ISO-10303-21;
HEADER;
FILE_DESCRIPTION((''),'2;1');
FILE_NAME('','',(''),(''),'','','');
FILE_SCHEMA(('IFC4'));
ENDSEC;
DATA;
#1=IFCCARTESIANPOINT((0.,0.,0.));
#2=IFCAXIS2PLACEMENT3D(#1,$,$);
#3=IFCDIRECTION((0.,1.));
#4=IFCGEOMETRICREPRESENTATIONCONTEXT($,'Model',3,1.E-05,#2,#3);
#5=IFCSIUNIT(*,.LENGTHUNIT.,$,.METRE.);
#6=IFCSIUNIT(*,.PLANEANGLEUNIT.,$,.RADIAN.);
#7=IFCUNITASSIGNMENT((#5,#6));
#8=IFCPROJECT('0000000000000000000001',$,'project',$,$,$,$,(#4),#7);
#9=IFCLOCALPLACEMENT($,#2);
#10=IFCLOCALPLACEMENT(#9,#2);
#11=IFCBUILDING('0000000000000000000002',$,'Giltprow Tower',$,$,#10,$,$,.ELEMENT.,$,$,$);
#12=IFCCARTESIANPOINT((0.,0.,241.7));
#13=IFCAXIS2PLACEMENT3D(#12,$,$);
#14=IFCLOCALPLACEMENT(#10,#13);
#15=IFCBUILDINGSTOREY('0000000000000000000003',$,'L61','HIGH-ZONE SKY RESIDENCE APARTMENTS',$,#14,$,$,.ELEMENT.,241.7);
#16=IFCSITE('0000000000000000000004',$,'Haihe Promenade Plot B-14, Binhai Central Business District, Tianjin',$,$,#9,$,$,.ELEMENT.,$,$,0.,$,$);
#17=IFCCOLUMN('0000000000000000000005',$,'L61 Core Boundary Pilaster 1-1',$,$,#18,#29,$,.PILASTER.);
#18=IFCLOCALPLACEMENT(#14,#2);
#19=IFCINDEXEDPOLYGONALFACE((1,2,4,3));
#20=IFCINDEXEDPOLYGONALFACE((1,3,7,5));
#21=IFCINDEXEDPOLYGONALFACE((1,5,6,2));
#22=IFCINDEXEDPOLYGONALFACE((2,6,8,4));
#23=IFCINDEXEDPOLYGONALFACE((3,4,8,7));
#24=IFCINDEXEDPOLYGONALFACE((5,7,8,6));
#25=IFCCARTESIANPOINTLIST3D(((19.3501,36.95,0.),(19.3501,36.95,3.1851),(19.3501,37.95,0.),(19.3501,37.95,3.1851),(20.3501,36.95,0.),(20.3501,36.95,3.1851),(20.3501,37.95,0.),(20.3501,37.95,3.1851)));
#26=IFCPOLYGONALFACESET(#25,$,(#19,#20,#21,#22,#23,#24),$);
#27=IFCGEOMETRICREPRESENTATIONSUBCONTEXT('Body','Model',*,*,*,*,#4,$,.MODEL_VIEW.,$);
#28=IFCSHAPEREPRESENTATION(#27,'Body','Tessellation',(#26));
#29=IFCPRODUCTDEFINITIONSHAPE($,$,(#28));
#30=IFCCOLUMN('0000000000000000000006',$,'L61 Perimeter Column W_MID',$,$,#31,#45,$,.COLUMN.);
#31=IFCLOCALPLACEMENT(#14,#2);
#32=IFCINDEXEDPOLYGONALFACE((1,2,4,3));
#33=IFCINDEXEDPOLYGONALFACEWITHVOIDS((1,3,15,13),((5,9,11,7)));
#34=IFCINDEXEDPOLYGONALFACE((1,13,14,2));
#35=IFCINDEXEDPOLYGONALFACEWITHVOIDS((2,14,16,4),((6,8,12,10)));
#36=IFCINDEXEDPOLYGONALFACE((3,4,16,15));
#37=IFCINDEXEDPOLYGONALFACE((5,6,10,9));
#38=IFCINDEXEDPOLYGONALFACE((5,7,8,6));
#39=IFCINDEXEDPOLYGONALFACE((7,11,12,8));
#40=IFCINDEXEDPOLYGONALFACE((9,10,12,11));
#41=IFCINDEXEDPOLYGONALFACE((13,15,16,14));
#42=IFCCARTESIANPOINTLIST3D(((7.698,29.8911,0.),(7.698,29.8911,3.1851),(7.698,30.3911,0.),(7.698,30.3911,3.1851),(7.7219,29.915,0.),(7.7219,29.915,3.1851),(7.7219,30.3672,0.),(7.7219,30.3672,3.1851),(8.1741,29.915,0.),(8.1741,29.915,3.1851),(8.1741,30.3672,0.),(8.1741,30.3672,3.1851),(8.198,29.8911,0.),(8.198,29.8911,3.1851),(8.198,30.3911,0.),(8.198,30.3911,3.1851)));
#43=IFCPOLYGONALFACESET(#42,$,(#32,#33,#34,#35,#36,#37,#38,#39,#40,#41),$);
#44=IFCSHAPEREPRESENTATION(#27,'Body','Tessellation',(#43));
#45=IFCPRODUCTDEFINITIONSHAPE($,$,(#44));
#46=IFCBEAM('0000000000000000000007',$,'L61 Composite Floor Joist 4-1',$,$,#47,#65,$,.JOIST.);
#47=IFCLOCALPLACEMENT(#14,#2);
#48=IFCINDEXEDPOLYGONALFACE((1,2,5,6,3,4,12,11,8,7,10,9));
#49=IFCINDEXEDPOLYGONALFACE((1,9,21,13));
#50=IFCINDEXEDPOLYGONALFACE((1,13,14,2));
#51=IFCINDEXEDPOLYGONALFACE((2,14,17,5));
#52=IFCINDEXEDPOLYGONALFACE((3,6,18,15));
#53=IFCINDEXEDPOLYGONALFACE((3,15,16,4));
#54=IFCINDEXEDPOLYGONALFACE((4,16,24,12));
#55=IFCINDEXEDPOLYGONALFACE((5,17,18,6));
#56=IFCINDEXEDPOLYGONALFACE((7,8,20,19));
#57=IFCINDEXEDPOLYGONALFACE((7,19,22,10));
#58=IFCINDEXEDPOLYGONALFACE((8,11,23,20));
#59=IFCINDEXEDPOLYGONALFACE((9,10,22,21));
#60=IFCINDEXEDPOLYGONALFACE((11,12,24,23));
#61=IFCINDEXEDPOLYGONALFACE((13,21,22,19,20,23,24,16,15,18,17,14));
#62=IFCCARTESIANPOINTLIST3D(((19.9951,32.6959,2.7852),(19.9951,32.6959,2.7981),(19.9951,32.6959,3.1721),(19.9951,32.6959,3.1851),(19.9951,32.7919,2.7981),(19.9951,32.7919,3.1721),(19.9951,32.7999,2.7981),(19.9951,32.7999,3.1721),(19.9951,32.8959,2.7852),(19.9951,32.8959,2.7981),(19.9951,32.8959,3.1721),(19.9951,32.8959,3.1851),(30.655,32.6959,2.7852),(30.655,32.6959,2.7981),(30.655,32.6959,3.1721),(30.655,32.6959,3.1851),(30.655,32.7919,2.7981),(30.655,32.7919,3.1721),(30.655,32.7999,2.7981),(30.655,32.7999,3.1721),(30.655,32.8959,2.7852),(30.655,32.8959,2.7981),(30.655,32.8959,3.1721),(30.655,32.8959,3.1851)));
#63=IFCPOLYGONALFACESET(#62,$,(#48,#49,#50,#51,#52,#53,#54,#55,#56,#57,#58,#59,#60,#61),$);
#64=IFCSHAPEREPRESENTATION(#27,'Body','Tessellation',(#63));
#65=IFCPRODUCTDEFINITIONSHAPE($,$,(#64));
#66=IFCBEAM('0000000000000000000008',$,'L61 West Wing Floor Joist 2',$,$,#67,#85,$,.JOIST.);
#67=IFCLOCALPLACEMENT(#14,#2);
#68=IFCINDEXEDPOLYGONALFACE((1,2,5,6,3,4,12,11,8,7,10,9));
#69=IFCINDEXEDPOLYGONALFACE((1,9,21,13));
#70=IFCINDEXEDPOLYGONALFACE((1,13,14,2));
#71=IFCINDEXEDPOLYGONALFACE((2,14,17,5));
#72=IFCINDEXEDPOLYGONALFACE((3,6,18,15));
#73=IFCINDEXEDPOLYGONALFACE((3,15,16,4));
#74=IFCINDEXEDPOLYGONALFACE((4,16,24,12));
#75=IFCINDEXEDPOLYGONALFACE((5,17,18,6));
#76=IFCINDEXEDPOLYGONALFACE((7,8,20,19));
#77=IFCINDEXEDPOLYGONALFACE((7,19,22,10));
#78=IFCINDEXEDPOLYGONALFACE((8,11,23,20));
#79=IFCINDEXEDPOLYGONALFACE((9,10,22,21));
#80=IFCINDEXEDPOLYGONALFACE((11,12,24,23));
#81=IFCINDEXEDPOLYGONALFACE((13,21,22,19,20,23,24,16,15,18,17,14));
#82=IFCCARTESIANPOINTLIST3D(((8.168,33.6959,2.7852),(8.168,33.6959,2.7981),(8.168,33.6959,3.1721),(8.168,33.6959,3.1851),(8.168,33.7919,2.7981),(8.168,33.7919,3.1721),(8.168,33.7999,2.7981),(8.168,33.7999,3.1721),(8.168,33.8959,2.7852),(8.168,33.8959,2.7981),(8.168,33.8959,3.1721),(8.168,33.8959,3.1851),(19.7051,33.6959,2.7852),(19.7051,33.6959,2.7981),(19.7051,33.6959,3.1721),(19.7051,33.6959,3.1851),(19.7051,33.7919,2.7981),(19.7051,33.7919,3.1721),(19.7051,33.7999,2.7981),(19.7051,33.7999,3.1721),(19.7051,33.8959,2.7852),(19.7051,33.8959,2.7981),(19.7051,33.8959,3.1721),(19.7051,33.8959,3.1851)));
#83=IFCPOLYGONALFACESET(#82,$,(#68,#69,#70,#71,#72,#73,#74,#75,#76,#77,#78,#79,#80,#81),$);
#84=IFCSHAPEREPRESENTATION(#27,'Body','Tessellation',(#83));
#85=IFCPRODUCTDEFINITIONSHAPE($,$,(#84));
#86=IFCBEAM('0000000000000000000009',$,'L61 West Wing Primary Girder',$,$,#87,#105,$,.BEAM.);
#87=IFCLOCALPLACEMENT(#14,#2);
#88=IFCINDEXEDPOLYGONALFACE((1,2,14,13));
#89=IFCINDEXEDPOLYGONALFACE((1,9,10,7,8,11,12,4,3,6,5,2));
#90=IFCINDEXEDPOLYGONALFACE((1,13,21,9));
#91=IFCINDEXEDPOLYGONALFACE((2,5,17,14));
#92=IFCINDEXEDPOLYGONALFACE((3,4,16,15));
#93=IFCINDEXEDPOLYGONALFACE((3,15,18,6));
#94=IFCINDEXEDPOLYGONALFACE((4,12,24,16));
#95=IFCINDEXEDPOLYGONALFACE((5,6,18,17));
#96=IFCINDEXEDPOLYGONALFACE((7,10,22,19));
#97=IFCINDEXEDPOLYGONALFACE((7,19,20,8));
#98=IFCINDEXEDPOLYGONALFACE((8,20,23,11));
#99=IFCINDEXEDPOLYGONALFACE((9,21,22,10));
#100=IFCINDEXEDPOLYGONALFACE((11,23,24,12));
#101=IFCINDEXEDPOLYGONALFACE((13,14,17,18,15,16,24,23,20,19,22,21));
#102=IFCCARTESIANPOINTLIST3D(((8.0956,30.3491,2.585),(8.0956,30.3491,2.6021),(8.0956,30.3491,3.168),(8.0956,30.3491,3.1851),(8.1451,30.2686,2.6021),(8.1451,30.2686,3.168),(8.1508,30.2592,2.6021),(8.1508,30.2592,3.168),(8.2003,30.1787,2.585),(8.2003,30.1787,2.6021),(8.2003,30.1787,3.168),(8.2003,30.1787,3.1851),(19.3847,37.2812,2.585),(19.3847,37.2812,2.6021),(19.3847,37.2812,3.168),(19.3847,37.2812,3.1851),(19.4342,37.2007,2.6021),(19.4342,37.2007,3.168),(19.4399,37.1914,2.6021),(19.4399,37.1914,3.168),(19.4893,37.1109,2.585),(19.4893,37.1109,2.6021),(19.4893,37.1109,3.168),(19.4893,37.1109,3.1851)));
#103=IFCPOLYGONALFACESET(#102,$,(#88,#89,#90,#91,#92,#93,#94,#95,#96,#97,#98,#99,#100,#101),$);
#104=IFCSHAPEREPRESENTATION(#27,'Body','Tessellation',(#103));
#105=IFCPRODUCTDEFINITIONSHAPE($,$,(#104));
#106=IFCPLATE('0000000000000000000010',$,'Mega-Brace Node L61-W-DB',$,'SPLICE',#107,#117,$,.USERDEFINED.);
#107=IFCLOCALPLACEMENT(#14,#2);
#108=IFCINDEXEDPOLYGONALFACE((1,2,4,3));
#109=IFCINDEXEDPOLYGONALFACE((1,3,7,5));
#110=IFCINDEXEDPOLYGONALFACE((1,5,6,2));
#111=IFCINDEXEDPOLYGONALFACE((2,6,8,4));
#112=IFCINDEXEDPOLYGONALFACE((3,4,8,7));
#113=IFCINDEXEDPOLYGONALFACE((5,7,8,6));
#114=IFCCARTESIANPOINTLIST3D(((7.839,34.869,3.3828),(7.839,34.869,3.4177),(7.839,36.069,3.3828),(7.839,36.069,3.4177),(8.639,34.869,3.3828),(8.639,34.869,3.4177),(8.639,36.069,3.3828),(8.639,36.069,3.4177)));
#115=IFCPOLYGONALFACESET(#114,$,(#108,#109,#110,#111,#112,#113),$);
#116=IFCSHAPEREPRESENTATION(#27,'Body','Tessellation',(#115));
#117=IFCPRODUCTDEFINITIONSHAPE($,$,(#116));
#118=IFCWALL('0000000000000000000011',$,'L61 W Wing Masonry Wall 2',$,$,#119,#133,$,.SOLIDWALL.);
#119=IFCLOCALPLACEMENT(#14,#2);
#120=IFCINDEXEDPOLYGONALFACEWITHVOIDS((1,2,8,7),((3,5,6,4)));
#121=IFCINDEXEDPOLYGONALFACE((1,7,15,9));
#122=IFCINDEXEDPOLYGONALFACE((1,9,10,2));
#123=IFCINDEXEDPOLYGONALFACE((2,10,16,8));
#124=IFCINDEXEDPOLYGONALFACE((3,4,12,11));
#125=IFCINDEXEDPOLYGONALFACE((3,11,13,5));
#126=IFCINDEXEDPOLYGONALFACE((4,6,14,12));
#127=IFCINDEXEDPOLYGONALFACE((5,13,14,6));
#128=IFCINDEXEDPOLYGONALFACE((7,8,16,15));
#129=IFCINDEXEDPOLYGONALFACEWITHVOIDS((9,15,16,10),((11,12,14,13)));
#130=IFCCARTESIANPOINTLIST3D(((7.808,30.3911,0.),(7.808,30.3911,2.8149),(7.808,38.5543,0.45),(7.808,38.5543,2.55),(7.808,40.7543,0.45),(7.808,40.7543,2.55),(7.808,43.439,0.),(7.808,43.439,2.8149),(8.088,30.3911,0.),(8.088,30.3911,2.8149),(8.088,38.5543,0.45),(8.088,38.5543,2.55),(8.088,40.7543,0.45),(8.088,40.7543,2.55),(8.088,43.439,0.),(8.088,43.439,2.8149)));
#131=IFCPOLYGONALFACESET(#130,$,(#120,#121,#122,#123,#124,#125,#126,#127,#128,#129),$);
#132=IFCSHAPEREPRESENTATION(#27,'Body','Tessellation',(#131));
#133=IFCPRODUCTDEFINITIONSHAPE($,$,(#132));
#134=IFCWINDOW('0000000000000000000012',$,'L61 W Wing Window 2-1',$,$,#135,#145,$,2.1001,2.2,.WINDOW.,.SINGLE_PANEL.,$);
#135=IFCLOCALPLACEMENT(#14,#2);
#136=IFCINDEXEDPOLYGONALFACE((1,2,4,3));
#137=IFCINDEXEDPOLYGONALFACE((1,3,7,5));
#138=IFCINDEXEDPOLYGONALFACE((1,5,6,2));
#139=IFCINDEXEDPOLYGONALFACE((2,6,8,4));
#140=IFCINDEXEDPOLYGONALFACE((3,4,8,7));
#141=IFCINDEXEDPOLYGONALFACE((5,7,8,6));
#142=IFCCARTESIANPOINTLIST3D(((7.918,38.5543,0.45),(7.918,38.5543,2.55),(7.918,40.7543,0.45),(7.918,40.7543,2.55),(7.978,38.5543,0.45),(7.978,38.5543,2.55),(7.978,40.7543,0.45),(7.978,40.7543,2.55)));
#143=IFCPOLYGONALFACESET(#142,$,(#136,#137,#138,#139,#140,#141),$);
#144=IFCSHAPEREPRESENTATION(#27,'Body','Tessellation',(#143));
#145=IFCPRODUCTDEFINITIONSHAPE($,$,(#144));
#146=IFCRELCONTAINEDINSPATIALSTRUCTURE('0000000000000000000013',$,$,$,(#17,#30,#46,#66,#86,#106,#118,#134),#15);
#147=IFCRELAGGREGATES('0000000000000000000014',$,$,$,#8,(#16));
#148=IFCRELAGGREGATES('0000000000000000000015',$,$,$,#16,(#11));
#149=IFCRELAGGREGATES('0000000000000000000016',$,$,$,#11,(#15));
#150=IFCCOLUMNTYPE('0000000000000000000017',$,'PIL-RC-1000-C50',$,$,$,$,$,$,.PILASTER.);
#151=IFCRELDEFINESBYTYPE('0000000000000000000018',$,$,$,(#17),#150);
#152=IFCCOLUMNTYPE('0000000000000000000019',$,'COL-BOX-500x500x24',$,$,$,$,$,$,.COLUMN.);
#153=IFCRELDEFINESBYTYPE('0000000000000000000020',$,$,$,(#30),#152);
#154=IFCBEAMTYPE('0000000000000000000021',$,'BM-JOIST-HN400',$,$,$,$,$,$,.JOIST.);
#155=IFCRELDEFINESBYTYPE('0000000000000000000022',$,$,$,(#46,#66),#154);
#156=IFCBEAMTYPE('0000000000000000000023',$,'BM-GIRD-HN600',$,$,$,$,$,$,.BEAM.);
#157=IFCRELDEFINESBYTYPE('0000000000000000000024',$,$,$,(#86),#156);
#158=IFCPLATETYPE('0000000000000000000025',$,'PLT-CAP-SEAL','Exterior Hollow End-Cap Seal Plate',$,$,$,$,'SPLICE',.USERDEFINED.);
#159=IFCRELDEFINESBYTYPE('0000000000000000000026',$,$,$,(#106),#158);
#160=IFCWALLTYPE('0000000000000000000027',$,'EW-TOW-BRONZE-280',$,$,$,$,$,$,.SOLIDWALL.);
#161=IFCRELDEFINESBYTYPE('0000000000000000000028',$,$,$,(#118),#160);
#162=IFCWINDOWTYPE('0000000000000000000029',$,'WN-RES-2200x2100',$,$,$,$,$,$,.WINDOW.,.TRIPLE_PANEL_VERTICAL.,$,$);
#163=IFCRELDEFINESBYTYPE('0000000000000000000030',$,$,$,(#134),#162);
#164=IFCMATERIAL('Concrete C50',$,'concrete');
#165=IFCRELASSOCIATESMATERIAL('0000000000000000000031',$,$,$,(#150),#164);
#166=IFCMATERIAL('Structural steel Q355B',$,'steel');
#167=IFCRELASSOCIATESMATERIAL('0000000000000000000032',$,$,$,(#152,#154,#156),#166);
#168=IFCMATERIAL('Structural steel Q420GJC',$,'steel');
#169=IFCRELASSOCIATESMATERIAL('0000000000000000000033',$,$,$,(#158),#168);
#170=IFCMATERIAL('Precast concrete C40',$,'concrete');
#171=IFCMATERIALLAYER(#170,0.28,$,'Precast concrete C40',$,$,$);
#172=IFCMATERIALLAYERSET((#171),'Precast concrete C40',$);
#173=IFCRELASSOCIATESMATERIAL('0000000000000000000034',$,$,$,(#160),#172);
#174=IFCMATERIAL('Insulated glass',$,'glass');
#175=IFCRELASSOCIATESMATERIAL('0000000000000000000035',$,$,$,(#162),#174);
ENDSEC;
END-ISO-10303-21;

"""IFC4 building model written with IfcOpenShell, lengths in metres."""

from ifc_helpers import new_model, si_unit, direction, frame, frame_2d, origin, origin_2d, place, context, subcontext, project, spatial, rectangle, hollow_rectangle, i_section, extrude, source, transform, mapped, material, layer, layer_set, material_profile, profile_set, type_object, element, fill, save


model = new_model("IFC4")

# Units and contexts
model_context = context("Model", 3, precision=1e-05, world=origin(), true_north=direction((0.0, 1.0)))
body_context = subcontext(model_context, "Body", "Model", "MODEL_VIEW")
ifc_project = project(units=[si_unit("LENGTHUNIT", "METRE"), si_unit("PLANEANGLEUNIT", "RADIAN")], contexts=[model_context])

# Site, building, storey
site_placement = place(None, origin())
site = spatial("IfcSite", under=ifc_project, at=site_placement, Name="Haihe Promenade Plot B-14, Binhai Central Business District, Tianjin", CompositionType="ELEMENT", RefElevation=0.0)
building_placement = place(site_placement, origin())
building = spatial("IfcBuilding", under=site, at=building_placement, Name="Giltprow Tower", CompositionType="ELEMENT")
storey_placement = place(building_placement, frame((0.0, 0.0, 241.7)))
storey = spatial("IfcBuildingStorey", under=building, at=storey_placement, Name="L61", Description="HIGH-ZONE SKY RESIDENCE APARTMENTS", CompositionType="ELEMENT", Elevation=241.7)

# Columns
ifc_material_1 = material(Name="Concrete C50", Category="concrete")
ifc_material_profile_1 = material_profile(ifc_material_1, rectangle(XDim=1.0, YDim=1.0, at=origin_2d()), Name="RC 1000x1000")
ifc_profile_set_1 = profile_set([ifc_material_profile_1], Name="Concrete C50")
column_type_1 = type_object("IfcColumnType", Name="PIL-RC-1000-C50", PredefinedType="PILASTER", material=ifc_profile_set_1)
shared_shape_1 = source(origin(), body_context, "Body", "SweptSolid", [
    extrude(rectangle(XDim=1.0, YDim=1.0, at=origin_2d()), origin(), (0.0, 0.0, 1.0), 3.1851),
])
column_1_placement = place(storey_placement, frame((19.8501, 37.45, 0.0), z_axis=(0.0, 0.0, 1.0), x_axis=(1.0, 0.0, 0.0)))
element("IfcColumn", 1, at=column_1_placement, inside=storey, type_object=column_type_1, Name="L61 Core Boundary Pilaster 1-1", PredefinedType="PILASTER", context=body_context, shape_type="MappedRepresentation", body=[
    mapped(shared_shape_1, transform((0.0, 0.0, 0.0), x_axis=(1.0, 0.0, 0.0), y_axis=(0.0, 1.0, 0.0), z_axis=(0.0, 0.0, 1.0), scale=1.0)),
])
ifc_material_2 = material(Name="Structural steel Q355B", Category="steel")
ifc_material_profile_2 = material_profile(ifc_material_2, hollow_rectangle(XDim=0.5, YDim=0.5, WallThickness=0.0239, at=origin_2d()), Name="BOX 500x500x24")
ifc_profile_set_2 = profile_set([ifc_material_profile_2], Name="Structural steel Q355B")
column_type_2 = type_object("IfcColumnType", Name="COL-BOX-500x500x24", PredefinedType="COLUMN", material=ifc_profile_set_2)
shared_shape_2 = source(origin(), body_context, "Body", "SweptSolid", [
    extrude(hollow_rectangle(XDim=0.5, YDim=0.5, WallThickness=0.0239, at=origin_2d()), origin(), (0.0, 0.0, 1.0), 3.1851),
])
column_2_placement = place(storey_placement, frame((7.948, 30.1411, 0.0), z_axis=(0.0, 0.0, 1.0), x_axis=(1.0, 0.0, 0.0)))
element("IfcColumn", 2, at=column_2_placement, inside=storey, type_object=column_type_2, Name="L61 Perimeter Column W_MID", PredefinedType="COLUMN", context=body_context, shape_type="MappedRepresentation", body=[
    mapped(shared_shape_2, transform((0.0, 0.0, 0.0), x_axis=(1.0, 0.0, 0.0), y_axis=(0.0, 1.0, 0.0), z_axis=(0.0, 0.0, 1.0), scale=1.0)),
])

# Beams
ifc_material_profile_3 = material_profile(ifc_material_2, i_section(OverallWidth=0.2, OverallDepth=0.3999, WebThickness=0.0081, FlangeThickness=0.0129, at=origin_2d()), Name="HN 400x200x8x13")
ifc_profile_set_3 = profile_set([ifc_material_profile_3], Name="Structural steel Q355B")
beam_type_1 = type_object("IfcBeamType", Name="BM-JOIST-HN400", PredefinedType="JOIST", material=ifc_profile_set_3)
shared_shape_3 = source(origin(), body_context, "Body", "SweptSolid", [
    extrude(i_section(OverallWidth=0.2, OverallDepth=0.3999, WebThickness=0.0081, FlangeThickness=0.0129, at=origin_2d()), origin(), (0.0, 0.0, 1.0), 10.6599),
])
beam_1_placement = place(storey_placement, frame((19.9951, 32.7959, 2.9851), z_axis=(1.0, 0.0, 0.0), x_axis=(0.0, 1.0, 0.0)))
element("IfcBeam", 3, at=beam_1_placement, inside=storey, type_object=beam_type_1, Name="L61 Composite Floor Joist 4-1", PredefinedType="JOIST", context=body_context, shape_type="MappedRepresentation", body=[
    mapped(shared_shape_3, transform((0.0, 0.0, 0.0), x_axis=(1.0, 0.0, 0.0), y_axis=(0.0, 1.0, 0.0), z_axis=(0.0, 0.0, 1.0), scale=1.0)),
])
shared_shape_4 = source(origin(), body_context, "Body", "SweptSolid", [
    extrude(i_section(OverallWidth=0.2, OverallDepth=0.3999, WebThickness=0.0081, FlangeThickness=0.0129, at=origin_2d()), origin(), (0.0, 0.0, 1.0), 11.5371),
])
beam_2_placement = place(storey_placement, frame((8.168, 33.7959, 2.9851), z_axis=(1.0, 0.0, 0.0), x_axis=(0.0, 1.0, 0.0)))
element("IfcBeam", 4, at=beam_2_placement, inside=storey, type_object=beam_type_1, Name="L61 West Wing Floor Joist 2", PredefinedType="JOIST", context=body_context, shape_type="MappedRepresentation", body=[
    mapped(shared_shape_4, transform((0.0, 0.0, 0.0), x_axis=(1.0, 0.0, 0.0), y_axis=(0.0, 1.0, 0.0), z_axis=(0.0, 0.0, 1.0), scale=1.0)),
])
ifc_material_profile_4 = material_profile(ifc_material_2, i_section(OverallWidth=0.2, OverallDepth=0.6001, WebThickness=0.011, FlangeThickness=0.0171, at=origin_2d()), Name="HN 600x200x11x17")
ifc_profile_set_4 = profile_set([ifc_material_profile_4], Name="Structural steel Q355B")
beam_type_2 = type_object("IfcBeamType", Name="BM-GIRD-HN600", PredefinedType="BEAM", material=ifc_profile_set_4)
shared_shape_5 = source(origin(), body_context, "Body", "SweptSolid", [
    extrude(i_section(OverallWidth=0.2, OverallDepth=0.6001, WebThickness=0.011, FlangeThickness=0.0171, at=origin_2d()), origin(), (0.0, 0.0, 1.0), 13.2476),
])
beam_3_placement = place(storey_placement, frame((8.1479, 30.2639, 2.885), z_axis=(0.852163, 0.523277, 0.0), x_axis=(-0.523277, 0.852163, 0.0)))
element("IfcBeam", 5, at=beam_3_placement, inside=storey, type_object=beam_type_2, Name="L61 West Wing Primary Girder", PredefinedType="BEAM", context=body_context, shape_type="MappedRepresentation", body=[
    mapped(shared_shape_5, transform((0.0, 0.0, 0.0), x_axis=(1.0, 0.0, 0.0), y_axis=(0.0, 1.0, 0.0), z_axis=(0.0, 0.0, 1.0), scale=1.0)),
])

# Plate
ifc_material_3 = material(Name="Structural steel Q420GJC", Category="steel")
plate_type = type_object("IfcPlateType", Name="PLT-CAP-SEAL", Description="Exterior Hollow End-Cap Seal Plate", ElementType="SPLICE", PredefinedType="USERDEFINED", material=ifc_material_3)
shared_shape_6 = source(origin(), body_context, "Body", "SweptSolid", [
    extrude(rectangle(XDim=1.2, YDim=0.8, at=origin_2d()), origin(), (0.0, 0.0, 1.0), 0.0349),
])
plate_placement = place(storey_placement, frame((8.239, 35.469, 3.3828), z_axis=(0.0, 0.0, 1.0), x_axis=(0.0, 1.0, 0.0)))
element("IfcPlate", 6, at=plate_placement, inside=storey, type_object=plate_type, Name="Mega-Brace Node L61-W-DB", ObjectType="SPLICE", PredefinedType="USERDEFINED", context=body_context, shape_type="MappedRepresentation", body=[
    mapped(shared_shape_6, transform((0.0, 0.0, 0.0), x_axis=(1.0, 0.0, 0.0), y_axis=(0.0, 1.0, 0.0), z_axis=(0.0, 0.0, 1.0), scale=1.0)),
])

# Wall, opening, window
ifc_material_4 = material(Name="Precast concrete C40", Category="concrete")
ifc_layer_1 = layer(ifc_material_4, 0.28, Name="Precast concrete C40")
ifc_layer_set_1 = layer_set([ifc_layer_1], Name="Precast concrete C40")
wall_type_1 = type_object("IfcWallType", Name="EW-TOW-BRONZE-280", PredefinedType="SOLIDWALL", material=ifc_layer_set_1)
wall_1_placement = place(storey_placement, frame((7.948, 30.3911, 0.0), z_axis=(0.0, 0.0, 1.0), x_axis=(0.0, 1.0, 0.0)))
wall_1 = element("IfcWall", 7, at=wall_1_placement, inside=storey, type_object=wall_type_1, Name="L61 W Wing Masonry Wall 2", PredefinedType="SOLIDWALL", context=body_context, shape_type="SweptSolid", body=[
    extrude(rectangle(XDim=13.0479, YDim=0.28, at=frame_2d((6.5239, 0.0))), origin(), (0.0, 0.0, 1.0), 2.8149),
])
opening_1_placement = place(wall_1_placement, frame((8.1631, 0.0, 0.45)))
opening_1 = element("IfcOpeningElement", 8, at=opening_1_placement, cuts=wall_1, PredefinedType="OPENING", context=body_context, shape_type="SweptSolid", body=[
    extrude(rectangle(XDim=2.2, YDim=2.1001, at=frame_2d((1.1001, 1.05))), frame((0.0, 0.1499, 0.0), z_axis=(0.0, -1.0, 0.0), x_axis=(1.0, 0.0, 0.0)), (0.0, 0.0, 1.0), 0.3),
])
ifc_material_5 = material(Name="Insulated glass", Category="glass")
window_type = type_object("IfcWindowType", Name="WN-RES-2200x2100", PartitioningType="TRIPLE_PANEL_VERTICAL", PredefinedType="WINDOW", material=ifc_material_5)
shared_shape_7 = source(origin(), body_context, "Body", "SweptSolid", [
    extrude(rectangle(XDim=2.2, YDim=2.1001, at=frame_2d((1.1001, 1.05))), frame((0.0, 0.03, 0.0), z_axis=(0.0, -1.0, 0.0), x_axis=(1.0, 0.0, 0.0)), (0.0, 0.0, 1.0), 0.0601),
])
window_placement = place(opening_1_placement, origin())
window = element("IfcWindow", 9, at=window_placement, inside=storey, type_object=window_type, Name="L61 W Wing Window 2-1", OverallHeight=2.1001, OverallWidth=2.2, PartitioningType="SINGLE_PANEL", PredefinedType="WINDOW", context=body_context, shape_type="MappedRepresentation", body=[
    mapped(shared_shape_7, transform((0.0, 0.0, 0.0), x_axis=(1.0, 0.0, 0.0), y_axis=(0.0, 1.0, 0.0), z_axis=(0.0, 0.0, 1.0), scale=1.0)),
])
fill(opening_1, window)

save(model, "model.ifc")
